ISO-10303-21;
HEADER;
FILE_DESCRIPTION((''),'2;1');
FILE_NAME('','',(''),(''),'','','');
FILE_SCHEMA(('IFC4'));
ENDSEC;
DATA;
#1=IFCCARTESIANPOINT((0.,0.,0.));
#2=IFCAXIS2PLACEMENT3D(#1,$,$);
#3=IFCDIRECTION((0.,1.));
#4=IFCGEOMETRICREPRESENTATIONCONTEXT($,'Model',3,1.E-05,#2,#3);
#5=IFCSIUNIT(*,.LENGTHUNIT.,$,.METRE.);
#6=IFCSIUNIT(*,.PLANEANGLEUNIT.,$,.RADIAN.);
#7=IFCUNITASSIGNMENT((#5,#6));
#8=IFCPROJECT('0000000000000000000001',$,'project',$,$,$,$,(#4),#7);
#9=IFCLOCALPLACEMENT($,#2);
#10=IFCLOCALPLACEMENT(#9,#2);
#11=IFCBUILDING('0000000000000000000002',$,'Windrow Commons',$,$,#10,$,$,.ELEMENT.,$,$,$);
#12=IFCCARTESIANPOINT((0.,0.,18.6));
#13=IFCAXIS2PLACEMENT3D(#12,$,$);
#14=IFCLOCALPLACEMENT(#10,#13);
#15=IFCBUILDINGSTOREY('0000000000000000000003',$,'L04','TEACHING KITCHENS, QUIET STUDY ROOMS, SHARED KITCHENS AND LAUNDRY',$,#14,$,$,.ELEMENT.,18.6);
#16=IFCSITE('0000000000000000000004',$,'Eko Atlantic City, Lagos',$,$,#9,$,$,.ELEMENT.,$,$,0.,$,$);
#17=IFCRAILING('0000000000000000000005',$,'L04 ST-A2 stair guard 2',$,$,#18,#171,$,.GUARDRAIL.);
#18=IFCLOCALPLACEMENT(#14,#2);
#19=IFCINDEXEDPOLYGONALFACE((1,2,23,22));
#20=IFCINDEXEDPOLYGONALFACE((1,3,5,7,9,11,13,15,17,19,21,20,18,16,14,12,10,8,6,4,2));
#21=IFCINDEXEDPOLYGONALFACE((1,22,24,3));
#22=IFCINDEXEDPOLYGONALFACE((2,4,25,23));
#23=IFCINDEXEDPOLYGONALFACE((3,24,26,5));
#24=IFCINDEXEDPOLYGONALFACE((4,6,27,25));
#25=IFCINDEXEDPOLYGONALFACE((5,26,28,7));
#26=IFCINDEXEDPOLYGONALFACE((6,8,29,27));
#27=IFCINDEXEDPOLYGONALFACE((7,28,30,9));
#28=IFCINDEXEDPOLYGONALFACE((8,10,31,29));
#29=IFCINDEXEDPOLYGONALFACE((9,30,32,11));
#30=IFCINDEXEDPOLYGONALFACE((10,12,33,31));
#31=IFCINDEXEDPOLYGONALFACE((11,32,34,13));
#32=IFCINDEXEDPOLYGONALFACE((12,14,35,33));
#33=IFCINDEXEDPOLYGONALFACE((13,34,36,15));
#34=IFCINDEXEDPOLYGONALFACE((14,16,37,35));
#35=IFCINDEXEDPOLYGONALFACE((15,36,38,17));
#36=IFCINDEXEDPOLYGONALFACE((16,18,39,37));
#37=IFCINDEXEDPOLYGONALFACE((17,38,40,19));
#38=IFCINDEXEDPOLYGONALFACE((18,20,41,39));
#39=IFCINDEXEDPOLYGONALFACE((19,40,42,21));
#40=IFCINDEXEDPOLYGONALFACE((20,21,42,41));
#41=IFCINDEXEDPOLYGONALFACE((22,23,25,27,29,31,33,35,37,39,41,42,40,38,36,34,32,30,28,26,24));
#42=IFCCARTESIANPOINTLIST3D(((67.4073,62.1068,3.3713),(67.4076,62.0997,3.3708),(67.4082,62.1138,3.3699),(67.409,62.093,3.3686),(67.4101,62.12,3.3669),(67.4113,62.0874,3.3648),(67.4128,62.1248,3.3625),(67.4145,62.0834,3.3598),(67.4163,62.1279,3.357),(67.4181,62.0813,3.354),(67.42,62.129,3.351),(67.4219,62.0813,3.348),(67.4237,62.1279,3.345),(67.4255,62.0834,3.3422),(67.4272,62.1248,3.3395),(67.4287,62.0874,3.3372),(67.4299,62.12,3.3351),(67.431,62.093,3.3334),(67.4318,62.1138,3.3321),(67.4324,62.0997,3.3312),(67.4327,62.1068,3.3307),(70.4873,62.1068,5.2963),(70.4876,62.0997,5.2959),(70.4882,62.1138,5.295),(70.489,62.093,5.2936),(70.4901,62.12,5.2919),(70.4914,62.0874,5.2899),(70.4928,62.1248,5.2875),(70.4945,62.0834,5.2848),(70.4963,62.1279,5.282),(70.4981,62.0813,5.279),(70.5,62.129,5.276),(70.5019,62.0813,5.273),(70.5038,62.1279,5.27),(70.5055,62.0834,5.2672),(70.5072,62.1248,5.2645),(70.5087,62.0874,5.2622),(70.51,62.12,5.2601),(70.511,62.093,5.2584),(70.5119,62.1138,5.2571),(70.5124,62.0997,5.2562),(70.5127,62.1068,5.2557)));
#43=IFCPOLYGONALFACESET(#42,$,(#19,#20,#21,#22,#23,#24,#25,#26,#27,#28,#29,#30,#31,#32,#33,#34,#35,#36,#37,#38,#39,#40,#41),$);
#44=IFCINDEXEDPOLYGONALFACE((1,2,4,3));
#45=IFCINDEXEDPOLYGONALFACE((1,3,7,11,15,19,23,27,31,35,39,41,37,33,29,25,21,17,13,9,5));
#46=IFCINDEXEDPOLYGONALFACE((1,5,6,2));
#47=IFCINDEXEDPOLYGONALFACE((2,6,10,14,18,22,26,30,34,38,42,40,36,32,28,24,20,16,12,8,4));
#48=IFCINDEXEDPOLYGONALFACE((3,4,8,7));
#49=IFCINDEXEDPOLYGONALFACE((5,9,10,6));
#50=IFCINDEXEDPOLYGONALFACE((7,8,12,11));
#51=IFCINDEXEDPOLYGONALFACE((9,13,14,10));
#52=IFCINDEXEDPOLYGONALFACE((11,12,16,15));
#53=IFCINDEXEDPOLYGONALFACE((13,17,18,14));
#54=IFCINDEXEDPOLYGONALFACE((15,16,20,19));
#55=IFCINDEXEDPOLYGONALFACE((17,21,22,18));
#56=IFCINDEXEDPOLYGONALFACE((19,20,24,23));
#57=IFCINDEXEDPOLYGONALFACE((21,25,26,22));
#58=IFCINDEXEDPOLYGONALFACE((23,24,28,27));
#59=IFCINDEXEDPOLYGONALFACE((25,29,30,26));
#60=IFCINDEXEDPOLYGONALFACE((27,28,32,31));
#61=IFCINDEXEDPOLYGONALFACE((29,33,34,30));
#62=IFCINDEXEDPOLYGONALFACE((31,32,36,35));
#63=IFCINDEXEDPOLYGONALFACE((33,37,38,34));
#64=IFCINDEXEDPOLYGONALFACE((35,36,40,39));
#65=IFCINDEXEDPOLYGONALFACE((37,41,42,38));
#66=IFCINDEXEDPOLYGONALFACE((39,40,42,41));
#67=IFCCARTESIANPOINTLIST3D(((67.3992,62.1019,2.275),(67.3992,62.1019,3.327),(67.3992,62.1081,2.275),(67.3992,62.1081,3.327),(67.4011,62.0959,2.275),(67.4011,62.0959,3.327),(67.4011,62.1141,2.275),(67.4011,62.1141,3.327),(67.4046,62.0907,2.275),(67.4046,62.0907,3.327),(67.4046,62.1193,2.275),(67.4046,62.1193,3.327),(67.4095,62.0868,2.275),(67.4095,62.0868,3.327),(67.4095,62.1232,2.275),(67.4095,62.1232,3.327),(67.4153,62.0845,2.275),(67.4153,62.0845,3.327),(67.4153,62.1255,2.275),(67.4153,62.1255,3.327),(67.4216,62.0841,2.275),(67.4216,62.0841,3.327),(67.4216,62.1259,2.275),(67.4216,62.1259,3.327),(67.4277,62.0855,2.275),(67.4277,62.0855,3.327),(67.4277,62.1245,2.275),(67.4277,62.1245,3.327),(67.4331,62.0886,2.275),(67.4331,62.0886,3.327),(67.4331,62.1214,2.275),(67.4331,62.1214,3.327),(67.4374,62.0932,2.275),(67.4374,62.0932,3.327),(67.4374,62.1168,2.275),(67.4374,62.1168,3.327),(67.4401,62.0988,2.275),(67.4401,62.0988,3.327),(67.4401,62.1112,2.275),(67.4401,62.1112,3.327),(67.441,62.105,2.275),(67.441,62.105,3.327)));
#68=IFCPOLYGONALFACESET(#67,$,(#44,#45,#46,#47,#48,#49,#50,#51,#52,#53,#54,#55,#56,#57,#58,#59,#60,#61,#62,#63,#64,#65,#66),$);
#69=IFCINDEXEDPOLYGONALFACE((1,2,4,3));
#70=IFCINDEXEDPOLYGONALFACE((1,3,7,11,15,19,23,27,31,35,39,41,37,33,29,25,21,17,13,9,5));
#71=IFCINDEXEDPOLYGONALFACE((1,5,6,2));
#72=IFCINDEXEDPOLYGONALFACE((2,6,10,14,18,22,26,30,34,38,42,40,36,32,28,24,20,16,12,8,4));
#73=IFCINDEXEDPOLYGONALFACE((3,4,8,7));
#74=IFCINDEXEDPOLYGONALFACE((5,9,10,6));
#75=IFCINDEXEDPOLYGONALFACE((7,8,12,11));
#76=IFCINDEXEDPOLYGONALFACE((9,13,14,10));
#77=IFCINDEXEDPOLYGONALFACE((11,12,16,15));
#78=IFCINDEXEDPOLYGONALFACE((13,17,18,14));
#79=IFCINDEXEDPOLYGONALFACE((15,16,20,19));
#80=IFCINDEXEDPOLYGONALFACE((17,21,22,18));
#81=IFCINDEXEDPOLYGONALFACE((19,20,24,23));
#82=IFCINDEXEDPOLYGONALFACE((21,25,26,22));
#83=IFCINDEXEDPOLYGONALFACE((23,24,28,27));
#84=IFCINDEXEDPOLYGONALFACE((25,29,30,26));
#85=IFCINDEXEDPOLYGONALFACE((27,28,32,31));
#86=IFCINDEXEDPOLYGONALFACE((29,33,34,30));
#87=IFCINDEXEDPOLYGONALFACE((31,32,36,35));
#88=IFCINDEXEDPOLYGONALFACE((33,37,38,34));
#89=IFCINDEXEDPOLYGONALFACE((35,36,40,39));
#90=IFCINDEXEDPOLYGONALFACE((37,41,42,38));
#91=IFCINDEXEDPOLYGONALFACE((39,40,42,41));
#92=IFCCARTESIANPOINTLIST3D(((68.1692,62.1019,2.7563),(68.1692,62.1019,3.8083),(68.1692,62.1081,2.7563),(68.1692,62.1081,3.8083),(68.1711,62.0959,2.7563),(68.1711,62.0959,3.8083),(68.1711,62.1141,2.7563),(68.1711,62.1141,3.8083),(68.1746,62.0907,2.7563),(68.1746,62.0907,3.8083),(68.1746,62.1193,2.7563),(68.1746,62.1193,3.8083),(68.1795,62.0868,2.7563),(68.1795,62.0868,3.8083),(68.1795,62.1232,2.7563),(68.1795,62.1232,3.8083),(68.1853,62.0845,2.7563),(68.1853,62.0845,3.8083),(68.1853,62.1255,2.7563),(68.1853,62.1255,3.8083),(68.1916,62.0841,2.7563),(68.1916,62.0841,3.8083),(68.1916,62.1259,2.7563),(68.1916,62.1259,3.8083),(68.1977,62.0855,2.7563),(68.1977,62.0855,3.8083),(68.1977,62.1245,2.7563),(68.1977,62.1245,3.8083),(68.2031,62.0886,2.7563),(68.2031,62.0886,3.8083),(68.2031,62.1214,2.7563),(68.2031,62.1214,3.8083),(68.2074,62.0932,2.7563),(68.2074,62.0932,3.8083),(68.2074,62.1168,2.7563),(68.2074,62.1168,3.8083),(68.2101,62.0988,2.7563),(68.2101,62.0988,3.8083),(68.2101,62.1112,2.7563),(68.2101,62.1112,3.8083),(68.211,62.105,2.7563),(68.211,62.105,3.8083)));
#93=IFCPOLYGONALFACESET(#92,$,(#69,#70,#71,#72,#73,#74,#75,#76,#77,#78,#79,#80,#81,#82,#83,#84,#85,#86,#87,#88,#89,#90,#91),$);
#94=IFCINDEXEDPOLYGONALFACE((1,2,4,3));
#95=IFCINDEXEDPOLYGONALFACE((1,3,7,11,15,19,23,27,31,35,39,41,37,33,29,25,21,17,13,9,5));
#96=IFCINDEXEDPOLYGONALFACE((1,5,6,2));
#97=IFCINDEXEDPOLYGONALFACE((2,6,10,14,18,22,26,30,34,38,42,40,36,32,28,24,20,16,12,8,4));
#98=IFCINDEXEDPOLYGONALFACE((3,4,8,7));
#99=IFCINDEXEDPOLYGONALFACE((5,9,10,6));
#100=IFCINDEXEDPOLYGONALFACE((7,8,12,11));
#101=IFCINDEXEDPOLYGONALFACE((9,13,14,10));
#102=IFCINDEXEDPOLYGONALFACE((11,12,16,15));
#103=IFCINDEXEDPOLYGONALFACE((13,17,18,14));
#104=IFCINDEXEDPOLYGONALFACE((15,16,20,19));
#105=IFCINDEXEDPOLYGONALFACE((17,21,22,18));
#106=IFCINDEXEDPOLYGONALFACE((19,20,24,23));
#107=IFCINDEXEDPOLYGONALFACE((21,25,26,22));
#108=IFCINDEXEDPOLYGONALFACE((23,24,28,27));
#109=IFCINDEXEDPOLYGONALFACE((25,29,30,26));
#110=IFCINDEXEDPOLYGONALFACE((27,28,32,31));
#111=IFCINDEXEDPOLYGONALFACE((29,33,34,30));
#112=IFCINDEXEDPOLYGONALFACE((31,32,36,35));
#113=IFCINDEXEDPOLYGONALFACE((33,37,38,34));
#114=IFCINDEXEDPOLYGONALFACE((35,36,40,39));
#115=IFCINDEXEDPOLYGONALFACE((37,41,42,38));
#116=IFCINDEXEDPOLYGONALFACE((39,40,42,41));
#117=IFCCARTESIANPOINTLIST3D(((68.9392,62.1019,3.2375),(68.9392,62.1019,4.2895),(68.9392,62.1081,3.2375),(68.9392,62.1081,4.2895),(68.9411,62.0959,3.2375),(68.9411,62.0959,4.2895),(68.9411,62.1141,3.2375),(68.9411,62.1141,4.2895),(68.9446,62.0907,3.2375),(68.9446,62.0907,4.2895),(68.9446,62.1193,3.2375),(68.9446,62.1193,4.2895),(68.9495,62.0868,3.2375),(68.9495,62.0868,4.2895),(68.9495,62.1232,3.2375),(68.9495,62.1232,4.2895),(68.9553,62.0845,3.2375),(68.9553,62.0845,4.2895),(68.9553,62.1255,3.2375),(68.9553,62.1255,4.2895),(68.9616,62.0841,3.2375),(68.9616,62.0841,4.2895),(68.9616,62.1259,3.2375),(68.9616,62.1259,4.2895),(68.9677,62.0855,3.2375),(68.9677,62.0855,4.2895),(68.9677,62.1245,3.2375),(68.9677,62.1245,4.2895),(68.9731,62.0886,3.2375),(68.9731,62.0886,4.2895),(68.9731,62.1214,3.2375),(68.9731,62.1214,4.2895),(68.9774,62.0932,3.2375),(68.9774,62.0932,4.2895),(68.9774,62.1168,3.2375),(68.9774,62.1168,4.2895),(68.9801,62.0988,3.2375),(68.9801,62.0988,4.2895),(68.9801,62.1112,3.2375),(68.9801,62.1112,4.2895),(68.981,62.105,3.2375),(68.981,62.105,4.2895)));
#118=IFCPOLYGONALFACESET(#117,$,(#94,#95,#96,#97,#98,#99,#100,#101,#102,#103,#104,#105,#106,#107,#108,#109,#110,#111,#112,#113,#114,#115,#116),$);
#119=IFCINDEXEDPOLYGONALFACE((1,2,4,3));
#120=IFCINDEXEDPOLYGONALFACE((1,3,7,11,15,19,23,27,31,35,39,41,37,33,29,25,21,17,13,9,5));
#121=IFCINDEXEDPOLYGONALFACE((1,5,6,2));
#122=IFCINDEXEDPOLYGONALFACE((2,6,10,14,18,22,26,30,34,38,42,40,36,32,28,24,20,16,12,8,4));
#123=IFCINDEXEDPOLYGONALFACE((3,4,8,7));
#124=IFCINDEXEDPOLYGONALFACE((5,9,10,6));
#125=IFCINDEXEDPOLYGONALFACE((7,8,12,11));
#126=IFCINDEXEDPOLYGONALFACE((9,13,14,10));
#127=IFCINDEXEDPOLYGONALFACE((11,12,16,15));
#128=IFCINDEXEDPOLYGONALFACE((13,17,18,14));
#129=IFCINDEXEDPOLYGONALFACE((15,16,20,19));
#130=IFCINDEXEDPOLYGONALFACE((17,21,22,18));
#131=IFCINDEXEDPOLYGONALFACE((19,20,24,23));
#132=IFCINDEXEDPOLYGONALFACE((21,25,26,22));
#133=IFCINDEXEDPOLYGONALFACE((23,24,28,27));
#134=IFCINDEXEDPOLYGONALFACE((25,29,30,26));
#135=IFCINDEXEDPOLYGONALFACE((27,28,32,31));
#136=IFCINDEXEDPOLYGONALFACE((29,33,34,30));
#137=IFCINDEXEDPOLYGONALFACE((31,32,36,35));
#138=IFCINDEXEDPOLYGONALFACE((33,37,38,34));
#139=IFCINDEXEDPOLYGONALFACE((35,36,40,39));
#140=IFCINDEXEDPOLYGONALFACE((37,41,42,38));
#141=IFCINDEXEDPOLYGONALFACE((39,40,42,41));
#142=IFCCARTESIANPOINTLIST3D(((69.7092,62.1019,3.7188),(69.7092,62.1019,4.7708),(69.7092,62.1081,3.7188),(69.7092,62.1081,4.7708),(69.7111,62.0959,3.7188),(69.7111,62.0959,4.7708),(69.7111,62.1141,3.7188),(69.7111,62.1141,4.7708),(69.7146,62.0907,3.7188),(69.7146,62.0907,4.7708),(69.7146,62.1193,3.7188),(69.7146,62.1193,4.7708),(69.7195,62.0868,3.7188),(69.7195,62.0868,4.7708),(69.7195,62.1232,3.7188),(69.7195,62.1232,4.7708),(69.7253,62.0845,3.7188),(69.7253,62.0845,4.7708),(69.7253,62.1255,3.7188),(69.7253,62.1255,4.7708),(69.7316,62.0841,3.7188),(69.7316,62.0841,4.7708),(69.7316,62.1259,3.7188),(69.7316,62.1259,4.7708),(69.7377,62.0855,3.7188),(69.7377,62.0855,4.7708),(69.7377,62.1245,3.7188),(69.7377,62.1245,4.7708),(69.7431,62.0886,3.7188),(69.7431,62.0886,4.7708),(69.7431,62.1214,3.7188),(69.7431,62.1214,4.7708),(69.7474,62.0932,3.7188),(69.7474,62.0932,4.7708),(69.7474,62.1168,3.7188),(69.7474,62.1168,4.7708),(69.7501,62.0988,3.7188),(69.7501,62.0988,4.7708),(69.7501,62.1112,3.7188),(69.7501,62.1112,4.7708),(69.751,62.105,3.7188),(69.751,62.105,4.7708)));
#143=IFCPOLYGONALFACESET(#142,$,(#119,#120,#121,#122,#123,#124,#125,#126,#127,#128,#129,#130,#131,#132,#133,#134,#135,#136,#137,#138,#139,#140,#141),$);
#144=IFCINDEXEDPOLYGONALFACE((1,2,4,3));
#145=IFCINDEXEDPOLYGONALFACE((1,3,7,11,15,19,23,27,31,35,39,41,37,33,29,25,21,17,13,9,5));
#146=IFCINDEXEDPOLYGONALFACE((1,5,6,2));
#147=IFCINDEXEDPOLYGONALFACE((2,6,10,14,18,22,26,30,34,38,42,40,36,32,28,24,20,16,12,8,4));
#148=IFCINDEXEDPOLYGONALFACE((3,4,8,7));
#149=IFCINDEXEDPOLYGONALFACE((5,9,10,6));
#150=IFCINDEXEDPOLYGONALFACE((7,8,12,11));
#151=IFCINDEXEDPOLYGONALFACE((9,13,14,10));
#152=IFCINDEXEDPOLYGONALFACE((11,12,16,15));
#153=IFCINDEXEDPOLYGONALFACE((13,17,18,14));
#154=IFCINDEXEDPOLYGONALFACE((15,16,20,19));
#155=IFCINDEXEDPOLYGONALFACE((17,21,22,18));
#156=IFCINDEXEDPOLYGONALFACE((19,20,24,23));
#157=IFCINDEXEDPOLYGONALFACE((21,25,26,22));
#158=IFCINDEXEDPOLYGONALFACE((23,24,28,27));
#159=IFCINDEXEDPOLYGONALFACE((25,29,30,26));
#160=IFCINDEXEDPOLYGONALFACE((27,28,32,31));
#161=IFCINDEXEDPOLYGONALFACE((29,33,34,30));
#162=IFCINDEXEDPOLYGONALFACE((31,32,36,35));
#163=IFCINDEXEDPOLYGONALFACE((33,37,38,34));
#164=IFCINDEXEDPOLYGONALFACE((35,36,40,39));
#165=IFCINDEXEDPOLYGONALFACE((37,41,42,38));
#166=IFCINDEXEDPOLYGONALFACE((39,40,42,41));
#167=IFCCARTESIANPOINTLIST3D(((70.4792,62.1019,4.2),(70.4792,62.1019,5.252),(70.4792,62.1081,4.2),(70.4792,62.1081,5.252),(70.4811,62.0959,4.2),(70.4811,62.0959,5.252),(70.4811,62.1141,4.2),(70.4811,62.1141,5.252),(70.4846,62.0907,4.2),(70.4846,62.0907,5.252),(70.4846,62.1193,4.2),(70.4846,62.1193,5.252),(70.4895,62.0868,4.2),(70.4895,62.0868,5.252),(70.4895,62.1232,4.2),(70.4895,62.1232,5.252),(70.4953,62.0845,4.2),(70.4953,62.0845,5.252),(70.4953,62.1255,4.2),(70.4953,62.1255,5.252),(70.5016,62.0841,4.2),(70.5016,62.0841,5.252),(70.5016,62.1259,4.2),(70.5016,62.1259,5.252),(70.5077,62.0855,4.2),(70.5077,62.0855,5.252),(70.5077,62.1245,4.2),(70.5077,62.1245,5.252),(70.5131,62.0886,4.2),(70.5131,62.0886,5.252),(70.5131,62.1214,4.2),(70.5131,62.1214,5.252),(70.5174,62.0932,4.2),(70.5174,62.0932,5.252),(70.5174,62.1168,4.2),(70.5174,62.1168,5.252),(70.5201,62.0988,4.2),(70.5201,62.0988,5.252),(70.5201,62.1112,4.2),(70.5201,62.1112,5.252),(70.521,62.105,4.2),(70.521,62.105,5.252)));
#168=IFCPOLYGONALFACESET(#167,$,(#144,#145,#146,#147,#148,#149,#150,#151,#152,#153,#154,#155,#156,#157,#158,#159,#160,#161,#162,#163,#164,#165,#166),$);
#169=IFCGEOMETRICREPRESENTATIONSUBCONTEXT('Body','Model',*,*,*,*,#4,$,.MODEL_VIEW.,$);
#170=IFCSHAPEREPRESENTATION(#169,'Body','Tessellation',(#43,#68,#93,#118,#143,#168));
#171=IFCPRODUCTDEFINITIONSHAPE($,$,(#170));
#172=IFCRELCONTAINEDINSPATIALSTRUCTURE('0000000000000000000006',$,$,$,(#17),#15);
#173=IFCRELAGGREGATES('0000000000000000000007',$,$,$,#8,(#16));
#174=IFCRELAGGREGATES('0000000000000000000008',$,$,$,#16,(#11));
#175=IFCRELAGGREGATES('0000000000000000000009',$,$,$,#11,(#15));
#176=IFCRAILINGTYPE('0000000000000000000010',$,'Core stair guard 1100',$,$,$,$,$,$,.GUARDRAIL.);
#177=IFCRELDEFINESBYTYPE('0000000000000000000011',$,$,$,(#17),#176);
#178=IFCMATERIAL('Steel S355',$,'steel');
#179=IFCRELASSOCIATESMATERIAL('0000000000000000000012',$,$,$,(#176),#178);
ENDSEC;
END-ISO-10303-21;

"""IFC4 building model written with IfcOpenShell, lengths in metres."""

from ifc_helpers import new_model, si_unit, direction, frame, origin, origin_2d, place, context, subcontext, project, spatial, circle, extrude, material, type_object, element, save


model = new_model("IFC4")

# Units and contexts
model_context = context("Model", 3, precision=1e-05, world=origin(), true_north=direction((0.0, 1.0)))
body_context = subcontext(model_context, "Body", "Model", "MODEL_VIEW")
ifc_project = project(units=[si_unit("LENGTHUNIT", "METRE"), si_unit("PLANEANGLEUNIT", "RADIAN")], contexts=[model_context])

# Site, building, storey
site_placement = place(None, origin())
site = spatial("IfcSite", under=ifc_project, at=site_placement, Name="Eko Atlantic City, Lagos", CompositionType="ELEMENT", RefElevation=0.0)
building_placement = place(site_placement, origin())
building = spatial("IfcBuilding", under=site, at=building_placement, Name="Windrow Commons", CompositionType="ELEMENT")
storey_placement = place(building_placement, frame((0.0, 0.0, 18.6)))
storey = spatial("IfcBuildingStorey", under=building, at=storey_placement, Name="L04", Description="TEACHING KITCHENS, QUIET STUDY ROOMS, SHARED KITCHENS AND LAUNDRY", CompositionType="ELEMENT", Elevation=18.6)

# Railing
ifc_material_1 = material(Name="Steel S355", Category="steel")
railing_type_1 = type_object("IfcRailingType", Name="Core stair guard 1100", PredefinedType="GUARDRAIL", material=ifc_material_1)
railing_1_placement = place(storey_placement, frame((67.42, 62.105, 2.275)))
element("IfcRailing", 1, at=railing_1_placement, inside=storey, type_object=railing_type_1, Name="L04 ST-A2 stair guard 2", PredefinedType="GUARDRAIL", context=body_context, shape_type="SweptSolid", body=[
    extrude(circle(Radius=0.024, at=origin_2d()), frame((0.0, 0.0, 1.076), z_axis=(0.847998, 0.0, 0.529999), x_axis=(0.0, 1.0, 0.0)), (0.0, 0.0, 1.0), 3.6321),
    extrude(circle(Radius=0.021, at=origin_2d()), origin(), (0.0, 0.0, 1.0), 1.052),
    extrude(circle(Radius=0.021, at=origin_2d()), frame((0.77, 0.0, 0.4813)), (0.0, 0.0, 1.0), 1.052),
    extrude(circle(Radius=0.021, at=origin_2d()), frame((1.54, 0.0, 0.9625)), (0.0, 0.0, 1.0), 1.052),
    extrude(circle(Radius=0.021, at=origin_2d()), frame((2.31, 0.0, 1.4438)), (0.0, 0.0, 1.0), 1.052),
    extrude(circle(Radius=0.021, at=origin_2d()), frame((3.08, 0.0, 1.925)), (0.0, 0.0, 1.0), 1.052),
])

save(model, "model.ifc")
